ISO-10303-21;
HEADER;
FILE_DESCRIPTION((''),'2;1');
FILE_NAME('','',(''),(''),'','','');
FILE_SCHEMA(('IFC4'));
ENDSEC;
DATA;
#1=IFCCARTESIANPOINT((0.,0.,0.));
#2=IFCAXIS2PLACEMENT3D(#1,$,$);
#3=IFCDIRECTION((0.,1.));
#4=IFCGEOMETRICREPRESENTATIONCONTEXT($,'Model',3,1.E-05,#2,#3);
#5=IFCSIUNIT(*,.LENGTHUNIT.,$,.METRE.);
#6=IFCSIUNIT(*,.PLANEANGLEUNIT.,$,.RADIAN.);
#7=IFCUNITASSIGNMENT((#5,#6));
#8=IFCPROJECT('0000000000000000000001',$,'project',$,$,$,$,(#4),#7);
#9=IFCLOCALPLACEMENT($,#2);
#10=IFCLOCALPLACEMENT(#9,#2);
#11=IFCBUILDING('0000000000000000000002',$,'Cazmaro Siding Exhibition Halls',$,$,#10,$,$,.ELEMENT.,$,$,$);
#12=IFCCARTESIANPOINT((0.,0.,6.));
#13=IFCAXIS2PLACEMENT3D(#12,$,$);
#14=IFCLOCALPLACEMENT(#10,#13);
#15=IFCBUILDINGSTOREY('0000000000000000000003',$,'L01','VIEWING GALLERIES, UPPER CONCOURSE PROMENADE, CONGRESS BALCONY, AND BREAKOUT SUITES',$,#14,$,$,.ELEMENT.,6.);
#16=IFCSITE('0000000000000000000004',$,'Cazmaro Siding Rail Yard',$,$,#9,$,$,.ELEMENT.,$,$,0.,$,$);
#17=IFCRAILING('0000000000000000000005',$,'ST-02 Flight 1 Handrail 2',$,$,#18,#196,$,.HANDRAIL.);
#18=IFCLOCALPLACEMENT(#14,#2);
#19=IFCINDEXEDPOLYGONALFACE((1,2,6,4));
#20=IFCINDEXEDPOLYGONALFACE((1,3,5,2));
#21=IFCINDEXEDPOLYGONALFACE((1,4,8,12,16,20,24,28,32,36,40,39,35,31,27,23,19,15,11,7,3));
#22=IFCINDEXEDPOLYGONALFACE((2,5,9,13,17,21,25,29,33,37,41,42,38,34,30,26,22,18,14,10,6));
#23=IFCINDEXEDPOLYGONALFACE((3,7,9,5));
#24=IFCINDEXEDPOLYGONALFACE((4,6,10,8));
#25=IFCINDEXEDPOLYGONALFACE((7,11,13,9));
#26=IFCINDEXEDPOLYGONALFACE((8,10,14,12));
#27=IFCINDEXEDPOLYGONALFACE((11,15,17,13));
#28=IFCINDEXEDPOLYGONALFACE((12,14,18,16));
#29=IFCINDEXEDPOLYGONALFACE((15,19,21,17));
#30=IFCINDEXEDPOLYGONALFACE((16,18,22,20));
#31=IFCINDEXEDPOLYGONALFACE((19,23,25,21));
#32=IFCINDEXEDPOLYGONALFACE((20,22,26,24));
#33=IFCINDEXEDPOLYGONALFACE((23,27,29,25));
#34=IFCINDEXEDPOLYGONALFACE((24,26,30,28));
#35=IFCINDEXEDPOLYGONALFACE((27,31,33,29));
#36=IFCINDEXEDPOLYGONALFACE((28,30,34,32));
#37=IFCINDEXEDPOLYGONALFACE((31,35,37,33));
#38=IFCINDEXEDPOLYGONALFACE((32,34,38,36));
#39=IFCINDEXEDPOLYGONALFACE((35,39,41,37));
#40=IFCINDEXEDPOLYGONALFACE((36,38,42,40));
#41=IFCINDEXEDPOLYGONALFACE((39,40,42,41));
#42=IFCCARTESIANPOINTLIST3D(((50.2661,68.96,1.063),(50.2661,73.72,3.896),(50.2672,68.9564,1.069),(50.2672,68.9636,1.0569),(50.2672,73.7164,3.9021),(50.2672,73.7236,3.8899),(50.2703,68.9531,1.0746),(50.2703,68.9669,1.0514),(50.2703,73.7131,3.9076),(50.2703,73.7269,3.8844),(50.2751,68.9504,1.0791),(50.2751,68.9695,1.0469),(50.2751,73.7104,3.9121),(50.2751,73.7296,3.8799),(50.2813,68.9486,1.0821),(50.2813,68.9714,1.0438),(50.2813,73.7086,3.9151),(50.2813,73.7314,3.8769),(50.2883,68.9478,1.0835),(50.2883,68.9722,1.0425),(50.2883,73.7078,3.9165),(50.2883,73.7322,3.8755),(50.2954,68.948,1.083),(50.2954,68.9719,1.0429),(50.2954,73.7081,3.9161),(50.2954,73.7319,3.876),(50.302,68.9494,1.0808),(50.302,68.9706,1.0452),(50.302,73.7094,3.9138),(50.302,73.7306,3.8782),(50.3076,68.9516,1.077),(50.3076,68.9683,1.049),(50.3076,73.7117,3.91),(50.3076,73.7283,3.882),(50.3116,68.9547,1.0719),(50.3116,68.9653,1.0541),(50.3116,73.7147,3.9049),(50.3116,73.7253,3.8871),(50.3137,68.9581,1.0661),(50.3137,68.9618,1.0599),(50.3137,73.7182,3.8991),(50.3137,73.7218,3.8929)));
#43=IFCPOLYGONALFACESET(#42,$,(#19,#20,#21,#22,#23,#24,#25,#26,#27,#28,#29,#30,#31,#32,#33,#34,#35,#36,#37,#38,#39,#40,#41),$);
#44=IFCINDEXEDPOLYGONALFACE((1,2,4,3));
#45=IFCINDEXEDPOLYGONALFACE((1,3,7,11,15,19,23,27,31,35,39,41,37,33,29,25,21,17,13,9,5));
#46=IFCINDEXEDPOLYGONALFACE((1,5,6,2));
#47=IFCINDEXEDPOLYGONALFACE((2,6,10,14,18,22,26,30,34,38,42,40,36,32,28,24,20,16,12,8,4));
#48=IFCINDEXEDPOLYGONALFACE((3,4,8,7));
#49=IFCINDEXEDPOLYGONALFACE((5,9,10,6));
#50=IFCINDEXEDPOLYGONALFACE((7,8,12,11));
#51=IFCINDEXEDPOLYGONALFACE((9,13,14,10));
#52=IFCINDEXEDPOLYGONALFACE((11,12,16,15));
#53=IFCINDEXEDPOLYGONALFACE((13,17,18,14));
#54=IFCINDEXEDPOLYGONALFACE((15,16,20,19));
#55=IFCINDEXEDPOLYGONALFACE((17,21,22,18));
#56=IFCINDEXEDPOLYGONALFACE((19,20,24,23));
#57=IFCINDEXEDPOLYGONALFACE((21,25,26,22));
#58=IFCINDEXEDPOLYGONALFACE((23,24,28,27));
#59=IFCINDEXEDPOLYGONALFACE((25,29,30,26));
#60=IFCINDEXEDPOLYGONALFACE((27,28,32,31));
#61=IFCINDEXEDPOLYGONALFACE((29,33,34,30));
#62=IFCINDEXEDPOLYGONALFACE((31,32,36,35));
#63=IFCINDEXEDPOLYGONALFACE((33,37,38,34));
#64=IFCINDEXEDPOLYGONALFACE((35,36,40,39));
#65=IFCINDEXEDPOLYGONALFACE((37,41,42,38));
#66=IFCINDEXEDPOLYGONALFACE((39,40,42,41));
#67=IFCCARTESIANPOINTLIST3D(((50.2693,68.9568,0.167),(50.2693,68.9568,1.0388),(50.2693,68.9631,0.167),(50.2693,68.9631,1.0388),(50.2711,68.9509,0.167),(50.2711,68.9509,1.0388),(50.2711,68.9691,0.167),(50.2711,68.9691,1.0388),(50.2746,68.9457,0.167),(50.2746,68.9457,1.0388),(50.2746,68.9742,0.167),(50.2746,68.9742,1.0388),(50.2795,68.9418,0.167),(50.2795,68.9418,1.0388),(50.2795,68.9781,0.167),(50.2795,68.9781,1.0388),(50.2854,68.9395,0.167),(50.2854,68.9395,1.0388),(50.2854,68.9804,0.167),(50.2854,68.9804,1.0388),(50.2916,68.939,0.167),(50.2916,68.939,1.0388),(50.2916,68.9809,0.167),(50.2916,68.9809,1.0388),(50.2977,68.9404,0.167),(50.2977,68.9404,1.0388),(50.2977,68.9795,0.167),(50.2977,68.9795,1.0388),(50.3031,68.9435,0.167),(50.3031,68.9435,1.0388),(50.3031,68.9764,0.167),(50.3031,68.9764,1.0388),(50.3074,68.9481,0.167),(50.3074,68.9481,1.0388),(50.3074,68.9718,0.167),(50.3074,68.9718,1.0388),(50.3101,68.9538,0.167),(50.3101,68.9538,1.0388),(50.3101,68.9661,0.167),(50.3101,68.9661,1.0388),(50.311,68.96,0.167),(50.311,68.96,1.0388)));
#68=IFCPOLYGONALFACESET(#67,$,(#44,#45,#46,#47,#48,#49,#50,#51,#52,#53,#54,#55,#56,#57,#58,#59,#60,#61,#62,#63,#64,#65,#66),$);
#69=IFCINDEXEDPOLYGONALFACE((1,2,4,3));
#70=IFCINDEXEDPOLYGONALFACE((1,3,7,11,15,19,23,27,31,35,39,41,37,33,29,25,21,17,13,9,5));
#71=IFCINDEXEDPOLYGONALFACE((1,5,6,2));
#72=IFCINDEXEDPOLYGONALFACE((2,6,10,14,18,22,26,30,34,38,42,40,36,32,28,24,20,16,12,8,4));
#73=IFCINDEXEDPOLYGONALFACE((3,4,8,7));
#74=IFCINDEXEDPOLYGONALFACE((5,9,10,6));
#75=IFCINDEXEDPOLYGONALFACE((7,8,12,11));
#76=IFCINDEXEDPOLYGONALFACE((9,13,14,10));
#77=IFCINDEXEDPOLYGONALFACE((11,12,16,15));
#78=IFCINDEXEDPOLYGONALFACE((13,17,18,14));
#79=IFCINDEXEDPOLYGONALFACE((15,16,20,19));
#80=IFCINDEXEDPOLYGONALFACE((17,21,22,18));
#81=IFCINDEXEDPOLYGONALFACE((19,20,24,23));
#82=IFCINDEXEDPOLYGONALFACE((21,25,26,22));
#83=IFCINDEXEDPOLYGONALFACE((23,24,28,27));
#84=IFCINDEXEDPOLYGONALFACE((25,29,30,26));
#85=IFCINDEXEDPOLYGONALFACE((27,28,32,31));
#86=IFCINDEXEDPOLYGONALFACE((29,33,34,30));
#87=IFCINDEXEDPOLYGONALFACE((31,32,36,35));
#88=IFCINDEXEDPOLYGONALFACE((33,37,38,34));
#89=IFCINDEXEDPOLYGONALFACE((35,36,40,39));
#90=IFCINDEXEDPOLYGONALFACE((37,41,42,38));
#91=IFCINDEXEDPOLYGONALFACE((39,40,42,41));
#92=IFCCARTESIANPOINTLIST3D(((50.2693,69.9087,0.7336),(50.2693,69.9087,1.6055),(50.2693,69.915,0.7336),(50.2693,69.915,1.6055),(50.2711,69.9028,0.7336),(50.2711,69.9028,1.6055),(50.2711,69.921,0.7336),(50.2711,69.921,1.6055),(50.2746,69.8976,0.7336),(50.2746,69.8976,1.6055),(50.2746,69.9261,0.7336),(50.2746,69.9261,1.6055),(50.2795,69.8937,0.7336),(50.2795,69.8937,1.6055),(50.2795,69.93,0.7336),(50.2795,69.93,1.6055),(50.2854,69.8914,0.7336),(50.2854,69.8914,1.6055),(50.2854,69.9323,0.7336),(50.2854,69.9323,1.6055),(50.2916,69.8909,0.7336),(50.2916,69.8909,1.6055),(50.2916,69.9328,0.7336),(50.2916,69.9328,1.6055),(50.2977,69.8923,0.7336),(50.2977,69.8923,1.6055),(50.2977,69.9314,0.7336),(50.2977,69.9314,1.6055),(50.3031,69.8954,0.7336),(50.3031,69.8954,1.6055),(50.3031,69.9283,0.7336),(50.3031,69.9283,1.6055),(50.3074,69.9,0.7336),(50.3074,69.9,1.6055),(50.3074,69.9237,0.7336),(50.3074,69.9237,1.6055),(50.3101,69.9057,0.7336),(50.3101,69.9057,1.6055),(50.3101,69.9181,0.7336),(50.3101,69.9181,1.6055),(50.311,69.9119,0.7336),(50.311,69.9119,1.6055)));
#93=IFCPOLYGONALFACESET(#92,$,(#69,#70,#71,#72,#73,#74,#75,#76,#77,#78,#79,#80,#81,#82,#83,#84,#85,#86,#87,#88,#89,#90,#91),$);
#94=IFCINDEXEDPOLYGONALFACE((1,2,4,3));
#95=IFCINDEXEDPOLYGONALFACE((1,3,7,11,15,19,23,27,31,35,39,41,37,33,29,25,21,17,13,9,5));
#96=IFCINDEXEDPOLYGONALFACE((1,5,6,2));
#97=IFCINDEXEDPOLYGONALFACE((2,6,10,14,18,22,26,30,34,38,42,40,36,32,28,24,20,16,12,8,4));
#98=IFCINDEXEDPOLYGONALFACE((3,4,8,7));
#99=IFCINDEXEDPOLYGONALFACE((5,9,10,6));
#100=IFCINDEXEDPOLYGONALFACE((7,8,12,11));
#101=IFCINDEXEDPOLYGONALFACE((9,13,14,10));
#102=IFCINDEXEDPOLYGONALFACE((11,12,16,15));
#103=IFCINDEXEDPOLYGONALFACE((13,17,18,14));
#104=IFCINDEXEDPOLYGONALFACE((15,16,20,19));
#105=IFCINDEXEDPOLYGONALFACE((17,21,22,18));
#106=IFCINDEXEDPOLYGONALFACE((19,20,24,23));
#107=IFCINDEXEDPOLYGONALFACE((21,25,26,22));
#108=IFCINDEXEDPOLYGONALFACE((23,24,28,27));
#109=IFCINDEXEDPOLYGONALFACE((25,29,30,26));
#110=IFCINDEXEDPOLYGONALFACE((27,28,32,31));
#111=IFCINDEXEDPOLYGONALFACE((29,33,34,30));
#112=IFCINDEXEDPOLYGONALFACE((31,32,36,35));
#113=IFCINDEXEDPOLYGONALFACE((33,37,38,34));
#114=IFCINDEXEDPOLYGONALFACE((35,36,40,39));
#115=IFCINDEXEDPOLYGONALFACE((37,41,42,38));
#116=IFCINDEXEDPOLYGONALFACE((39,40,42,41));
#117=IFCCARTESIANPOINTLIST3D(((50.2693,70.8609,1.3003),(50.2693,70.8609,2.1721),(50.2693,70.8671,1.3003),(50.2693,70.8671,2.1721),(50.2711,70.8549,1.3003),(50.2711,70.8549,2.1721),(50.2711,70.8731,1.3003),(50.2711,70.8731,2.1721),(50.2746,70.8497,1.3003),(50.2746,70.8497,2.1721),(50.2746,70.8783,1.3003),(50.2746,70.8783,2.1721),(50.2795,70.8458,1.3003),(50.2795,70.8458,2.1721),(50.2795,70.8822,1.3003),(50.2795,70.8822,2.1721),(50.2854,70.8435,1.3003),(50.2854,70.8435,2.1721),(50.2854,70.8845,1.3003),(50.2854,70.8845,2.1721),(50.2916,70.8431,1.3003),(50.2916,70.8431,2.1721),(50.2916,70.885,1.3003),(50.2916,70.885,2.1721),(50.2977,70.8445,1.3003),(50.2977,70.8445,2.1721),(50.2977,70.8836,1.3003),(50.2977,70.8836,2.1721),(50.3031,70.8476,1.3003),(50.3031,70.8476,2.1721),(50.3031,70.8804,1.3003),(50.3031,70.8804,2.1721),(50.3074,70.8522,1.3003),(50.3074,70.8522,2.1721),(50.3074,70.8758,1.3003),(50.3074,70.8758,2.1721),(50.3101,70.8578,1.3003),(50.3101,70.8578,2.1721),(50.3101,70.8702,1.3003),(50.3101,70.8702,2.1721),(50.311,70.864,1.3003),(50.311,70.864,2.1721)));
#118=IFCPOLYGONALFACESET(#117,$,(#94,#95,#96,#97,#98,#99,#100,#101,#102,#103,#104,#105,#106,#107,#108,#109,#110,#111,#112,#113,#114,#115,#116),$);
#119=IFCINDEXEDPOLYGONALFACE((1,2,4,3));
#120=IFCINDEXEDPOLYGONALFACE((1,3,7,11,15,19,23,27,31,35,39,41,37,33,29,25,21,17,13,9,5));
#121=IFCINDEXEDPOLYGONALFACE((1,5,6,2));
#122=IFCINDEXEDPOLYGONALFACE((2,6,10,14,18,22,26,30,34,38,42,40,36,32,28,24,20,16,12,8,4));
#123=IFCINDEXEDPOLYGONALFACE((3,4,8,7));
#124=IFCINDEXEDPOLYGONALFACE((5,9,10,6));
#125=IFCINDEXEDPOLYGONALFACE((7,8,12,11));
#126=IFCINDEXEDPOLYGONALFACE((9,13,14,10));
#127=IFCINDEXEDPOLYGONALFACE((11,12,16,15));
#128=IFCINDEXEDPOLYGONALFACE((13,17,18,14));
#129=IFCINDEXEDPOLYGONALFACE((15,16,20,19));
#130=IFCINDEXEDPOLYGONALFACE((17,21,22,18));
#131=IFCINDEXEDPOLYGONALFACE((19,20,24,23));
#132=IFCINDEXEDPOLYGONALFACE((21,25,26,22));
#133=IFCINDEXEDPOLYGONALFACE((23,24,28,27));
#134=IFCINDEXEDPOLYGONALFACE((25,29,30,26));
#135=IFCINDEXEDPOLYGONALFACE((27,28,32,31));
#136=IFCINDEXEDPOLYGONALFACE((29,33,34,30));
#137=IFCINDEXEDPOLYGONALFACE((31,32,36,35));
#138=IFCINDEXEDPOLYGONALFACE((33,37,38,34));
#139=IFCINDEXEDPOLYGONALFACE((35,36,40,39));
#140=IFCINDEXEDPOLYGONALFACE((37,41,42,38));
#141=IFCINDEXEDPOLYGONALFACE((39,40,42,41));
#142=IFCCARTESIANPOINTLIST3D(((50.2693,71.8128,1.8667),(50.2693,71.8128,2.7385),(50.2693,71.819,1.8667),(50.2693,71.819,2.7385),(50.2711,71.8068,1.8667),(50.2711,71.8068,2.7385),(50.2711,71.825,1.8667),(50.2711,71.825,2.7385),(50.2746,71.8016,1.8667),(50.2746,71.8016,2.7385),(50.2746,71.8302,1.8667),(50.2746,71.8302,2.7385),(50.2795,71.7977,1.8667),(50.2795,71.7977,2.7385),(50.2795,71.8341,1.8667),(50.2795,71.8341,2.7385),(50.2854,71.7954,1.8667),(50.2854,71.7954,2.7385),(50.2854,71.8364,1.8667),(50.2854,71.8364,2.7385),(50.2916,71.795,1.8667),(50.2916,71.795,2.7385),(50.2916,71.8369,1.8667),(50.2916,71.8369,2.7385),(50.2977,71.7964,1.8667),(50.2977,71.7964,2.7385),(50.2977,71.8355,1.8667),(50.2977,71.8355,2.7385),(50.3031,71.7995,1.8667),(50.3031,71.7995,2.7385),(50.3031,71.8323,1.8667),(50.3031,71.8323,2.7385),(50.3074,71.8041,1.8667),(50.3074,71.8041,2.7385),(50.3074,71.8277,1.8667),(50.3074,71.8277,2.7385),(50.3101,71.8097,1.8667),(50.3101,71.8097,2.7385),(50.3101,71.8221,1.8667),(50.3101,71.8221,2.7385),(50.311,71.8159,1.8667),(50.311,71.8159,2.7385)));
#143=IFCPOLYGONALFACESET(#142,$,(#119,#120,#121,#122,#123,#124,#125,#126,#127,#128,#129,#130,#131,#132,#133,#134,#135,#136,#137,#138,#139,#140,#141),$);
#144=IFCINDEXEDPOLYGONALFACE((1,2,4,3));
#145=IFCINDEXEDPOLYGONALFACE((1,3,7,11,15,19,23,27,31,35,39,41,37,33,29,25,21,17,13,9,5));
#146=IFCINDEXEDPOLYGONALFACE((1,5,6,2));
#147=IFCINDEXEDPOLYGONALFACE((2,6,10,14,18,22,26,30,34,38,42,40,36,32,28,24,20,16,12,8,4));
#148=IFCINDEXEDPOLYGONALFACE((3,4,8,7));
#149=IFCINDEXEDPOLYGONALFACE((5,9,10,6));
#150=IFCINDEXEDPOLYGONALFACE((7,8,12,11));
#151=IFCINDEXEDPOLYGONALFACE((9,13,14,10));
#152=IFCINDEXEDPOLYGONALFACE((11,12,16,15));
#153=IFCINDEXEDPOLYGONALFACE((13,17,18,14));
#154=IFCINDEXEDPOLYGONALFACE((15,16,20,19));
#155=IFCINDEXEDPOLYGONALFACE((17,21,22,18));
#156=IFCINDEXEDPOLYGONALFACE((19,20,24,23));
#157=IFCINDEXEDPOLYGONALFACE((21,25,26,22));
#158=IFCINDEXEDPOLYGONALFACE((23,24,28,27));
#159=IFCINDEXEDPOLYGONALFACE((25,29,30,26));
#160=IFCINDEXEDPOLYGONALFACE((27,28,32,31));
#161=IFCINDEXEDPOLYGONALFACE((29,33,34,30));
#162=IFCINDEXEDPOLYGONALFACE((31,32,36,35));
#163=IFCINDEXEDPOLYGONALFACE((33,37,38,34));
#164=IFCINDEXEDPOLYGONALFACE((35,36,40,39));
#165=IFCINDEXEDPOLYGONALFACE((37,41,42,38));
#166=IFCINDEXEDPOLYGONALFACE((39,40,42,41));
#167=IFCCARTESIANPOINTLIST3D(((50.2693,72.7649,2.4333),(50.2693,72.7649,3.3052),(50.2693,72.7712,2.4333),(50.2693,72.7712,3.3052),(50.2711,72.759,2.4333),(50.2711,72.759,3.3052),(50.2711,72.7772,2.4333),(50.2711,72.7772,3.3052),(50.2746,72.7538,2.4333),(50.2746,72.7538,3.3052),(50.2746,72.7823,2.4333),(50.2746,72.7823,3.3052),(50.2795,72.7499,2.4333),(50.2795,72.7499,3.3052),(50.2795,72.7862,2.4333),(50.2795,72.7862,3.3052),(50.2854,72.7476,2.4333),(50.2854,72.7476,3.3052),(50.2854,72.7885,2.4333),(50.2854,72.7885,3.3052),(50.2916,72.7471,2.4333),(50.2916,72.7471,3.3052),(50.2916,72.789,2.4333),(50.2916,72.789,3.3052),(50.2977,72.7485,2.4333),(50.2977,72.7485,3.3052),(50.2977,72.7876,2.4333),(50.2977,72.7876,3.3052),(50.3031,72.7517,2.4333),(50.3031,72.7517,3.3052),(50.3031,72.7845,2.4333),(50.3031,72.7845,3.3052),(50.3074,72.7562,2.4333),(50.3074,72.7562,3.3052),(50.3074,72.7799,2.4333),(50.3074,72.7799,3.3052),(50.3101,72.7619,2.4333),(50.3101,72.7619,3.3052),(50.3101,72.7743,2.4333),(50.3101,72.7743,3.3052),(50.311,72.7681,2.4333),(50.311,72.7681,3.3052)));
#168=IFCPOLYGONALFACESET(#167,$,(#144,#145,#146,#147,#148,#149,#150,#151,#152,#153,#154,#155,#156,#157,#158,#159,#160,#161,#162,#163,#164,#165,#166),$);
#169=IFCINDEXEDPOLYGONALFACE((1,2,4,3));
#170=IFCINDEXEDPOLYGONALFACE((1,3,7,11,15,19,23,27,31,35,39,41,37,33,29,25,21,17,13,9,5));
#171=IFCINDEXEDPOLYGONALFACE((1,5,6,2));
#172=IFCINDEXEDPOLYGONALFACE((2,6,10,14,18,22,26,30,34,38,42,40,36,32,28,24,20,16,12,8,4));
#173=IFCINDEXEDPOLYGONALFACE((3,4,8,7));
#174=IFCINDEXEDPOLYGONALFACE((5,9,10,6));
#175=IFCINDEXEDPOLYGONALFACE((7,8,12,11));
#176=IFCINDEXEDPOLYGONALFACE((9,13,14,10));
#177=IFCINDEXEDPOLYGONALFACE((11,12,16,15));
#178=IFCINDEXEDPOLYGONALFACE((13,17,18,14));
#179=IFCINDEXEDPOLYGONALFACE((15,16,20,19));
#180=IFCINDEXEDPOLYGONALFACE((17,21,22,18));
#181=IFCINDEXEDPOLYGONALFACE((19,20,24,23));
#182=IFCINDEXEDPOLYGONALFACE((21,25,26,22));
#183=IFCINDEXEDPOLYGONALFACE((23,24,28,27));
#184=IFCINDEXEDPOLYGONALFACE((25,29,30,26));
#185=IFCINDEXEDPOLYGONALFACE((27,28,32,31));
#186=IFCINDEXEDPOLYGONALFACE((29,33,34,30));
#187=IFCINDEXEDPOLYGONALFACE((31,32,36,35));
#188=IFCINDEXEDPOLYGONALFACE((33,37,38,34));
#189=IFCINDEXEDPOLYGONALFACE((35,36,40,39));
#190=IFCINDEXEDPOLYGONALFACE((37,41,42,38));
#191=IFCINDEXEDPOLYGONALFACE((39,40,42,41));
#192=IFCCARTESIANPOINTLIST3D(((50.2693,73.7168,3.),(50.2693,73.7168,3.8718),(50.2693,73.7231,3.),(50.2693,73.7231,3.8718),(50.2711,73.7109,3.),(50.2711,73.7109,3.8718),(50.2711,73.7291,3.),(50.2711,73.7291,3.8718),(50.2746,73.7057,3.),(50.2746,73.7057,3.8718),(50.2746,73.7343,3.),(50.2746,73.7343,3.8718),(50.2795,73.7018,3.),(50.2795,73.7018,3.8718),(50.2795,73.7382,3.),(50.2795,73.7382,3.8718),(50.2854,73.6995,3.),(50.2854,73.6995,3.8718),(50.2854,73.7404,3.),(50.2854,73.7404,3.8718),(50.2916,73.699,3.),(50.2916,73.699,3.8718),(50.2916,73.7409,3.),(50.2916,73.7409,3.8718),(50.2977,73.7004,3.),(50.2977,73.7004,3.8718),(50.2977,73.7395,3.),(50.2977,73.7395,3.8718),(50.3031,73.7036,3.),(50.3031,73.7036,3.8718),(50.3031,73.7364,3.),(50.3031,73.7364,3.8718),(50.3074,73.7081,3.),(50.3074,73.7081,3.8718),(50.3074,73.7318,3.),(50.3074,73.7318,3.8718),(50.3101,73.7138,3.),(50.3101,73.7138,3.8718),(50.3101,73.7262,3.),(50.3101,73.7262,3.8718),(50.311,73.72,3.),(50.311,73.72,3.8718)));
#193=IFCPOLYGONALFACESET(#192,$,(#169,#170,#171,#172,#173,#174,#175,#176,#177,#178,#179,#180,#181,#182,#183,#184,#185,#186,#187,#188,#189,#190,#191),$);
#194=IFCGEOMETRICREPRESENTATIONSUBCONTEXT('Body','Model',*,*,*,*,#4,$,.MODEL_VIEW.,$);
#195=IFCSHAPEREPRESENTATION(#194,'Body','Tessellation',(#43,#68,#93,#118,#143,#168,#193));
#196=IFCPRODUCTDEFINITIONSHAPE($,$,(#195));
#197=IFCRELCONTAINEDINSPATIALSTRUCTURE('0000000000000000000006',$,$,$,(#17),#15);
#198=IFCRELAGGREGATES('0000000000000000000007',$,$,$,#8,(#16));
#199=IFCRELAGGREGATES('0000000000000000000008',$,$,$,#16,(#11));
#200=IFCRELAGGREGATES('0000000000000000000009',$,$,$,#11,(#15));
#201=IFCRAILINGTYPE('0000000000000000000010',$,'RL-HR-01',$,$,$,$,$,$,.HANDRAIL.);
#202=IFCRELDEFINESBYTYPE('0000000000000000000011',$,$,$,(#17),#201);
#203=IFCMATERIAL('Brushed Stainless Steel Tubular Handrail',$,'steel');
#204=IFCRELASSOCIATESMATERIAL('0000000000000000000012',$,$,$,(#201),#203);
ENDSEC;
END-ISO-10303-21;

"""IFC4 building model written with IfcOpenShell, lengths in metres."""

from ifc_helpers import new_model, si_unit, direction, frame, origin, origin_2d, place, context, subcontext, project, spatial, circle, extrude, material, type_object, element, save


model = new_model("IFC4")

# Units and contexts
model_context = context("Model", 3, precision=1e-05, world=origin(), true_north=direction((0.0, 1.0)))
body_context = subcontext(model_context, "Body", "Model", "MODEL_VIEW")
ifc_project = project(units=[si_unit("LENGTHUNIT", "METRE"), si_unit("PLANEANGLEUNIT", "RADIAN")], contexts=[model_context])

# Site, building, storey
site_placement = place(None, origin())
site = spatial("IfcSite", under=ifc_project, at=site_placement, Name="Cazmaro Siding Rail Yard", CompositionType="ELEMENT", RefElevation=0.0)
building_placement = place(site_placement, origin())
building = spatial("IfcBuilding", under=site, at=building_placement, Name="Cazmaro Siding Exhibition Halls", CompositionType="ELEMENT")
storey_placement = place(building_placement, frame((0.0, 0.0, 6.0)))
storey = spatial("IfcBuildingStorey", under=building, at=storey_placement, Name="L01", Description="VIEWING GALLERIES, UPPER CONCOURSE PROMENADE, CONGRESS BALCONY, AND BREAKOUT SUITES", CompositionType="ELEMENT", Elevation=6.0)

# Railing
ifc_material_1 = material(Name="Brushed Stainless Steel Tubular Handrail", Category="steel")
railing_type_1 = type_object("IfcRailingType", Name="RL-HR-01", PredefinedType="HANDRAIL", material=ifc_material_1)
railing_1_placement = place(storey_placement, frame((50.29, 68.96, 0.167)))
element("IfcRailing", 1, at=railing_1_placement, inside=storey, type_object=railing_type_1, Name="ST-02 Flight 1 Handrail 2", PredefinedType="HANDRAIL", context=body_context, shape_type="SweptSolid", body=[
    extrude(circle(Radius=0.0239, at=origin_2d()), frame((0.0, 0.0, 0.896), z_axis=(0.0, 0.859319, 0.51144), x_axis=(-1.0, 0.0, 0.0)), (0.0, 0.0, 1.0), 5.5393),
    extrude(circle(Radius=0.021, at=origin_2d()), origin(), (0.0, 0.0, 1.0), 0.8718),
    extrude(circle(Radius=0.021, at=origin_2d()), frame((0.0, 0.9519, 0.5667)), (0.0, 0.0, 1.0), 0.8718),
    extrude(circle(Radius=0.021, at=origin_2d()), frame((0.0, 1.9041, 1.1333)), (0.0, 0.0, 1.0), 0.8718),
    extrude(circle(Radius=0.021, at=origin_2d()), frame((0.0, 2.856, 1.6997)), (0.0, 0.0, 1.0), 0.8718),
    extrude(circle(Radius=0.021, at=origin_2d()), frame((0.0, 3.8081, 2.2664)), (0.0, 0.0, 1.0), 0.8718),
    extrude(circle(Radius=0.021, at=origin_2d()), frame((0.0, 4.76, 2.833)), (0.0, 0.0, 1.0), 0.8718),
])

save(model, "model.ifc")
